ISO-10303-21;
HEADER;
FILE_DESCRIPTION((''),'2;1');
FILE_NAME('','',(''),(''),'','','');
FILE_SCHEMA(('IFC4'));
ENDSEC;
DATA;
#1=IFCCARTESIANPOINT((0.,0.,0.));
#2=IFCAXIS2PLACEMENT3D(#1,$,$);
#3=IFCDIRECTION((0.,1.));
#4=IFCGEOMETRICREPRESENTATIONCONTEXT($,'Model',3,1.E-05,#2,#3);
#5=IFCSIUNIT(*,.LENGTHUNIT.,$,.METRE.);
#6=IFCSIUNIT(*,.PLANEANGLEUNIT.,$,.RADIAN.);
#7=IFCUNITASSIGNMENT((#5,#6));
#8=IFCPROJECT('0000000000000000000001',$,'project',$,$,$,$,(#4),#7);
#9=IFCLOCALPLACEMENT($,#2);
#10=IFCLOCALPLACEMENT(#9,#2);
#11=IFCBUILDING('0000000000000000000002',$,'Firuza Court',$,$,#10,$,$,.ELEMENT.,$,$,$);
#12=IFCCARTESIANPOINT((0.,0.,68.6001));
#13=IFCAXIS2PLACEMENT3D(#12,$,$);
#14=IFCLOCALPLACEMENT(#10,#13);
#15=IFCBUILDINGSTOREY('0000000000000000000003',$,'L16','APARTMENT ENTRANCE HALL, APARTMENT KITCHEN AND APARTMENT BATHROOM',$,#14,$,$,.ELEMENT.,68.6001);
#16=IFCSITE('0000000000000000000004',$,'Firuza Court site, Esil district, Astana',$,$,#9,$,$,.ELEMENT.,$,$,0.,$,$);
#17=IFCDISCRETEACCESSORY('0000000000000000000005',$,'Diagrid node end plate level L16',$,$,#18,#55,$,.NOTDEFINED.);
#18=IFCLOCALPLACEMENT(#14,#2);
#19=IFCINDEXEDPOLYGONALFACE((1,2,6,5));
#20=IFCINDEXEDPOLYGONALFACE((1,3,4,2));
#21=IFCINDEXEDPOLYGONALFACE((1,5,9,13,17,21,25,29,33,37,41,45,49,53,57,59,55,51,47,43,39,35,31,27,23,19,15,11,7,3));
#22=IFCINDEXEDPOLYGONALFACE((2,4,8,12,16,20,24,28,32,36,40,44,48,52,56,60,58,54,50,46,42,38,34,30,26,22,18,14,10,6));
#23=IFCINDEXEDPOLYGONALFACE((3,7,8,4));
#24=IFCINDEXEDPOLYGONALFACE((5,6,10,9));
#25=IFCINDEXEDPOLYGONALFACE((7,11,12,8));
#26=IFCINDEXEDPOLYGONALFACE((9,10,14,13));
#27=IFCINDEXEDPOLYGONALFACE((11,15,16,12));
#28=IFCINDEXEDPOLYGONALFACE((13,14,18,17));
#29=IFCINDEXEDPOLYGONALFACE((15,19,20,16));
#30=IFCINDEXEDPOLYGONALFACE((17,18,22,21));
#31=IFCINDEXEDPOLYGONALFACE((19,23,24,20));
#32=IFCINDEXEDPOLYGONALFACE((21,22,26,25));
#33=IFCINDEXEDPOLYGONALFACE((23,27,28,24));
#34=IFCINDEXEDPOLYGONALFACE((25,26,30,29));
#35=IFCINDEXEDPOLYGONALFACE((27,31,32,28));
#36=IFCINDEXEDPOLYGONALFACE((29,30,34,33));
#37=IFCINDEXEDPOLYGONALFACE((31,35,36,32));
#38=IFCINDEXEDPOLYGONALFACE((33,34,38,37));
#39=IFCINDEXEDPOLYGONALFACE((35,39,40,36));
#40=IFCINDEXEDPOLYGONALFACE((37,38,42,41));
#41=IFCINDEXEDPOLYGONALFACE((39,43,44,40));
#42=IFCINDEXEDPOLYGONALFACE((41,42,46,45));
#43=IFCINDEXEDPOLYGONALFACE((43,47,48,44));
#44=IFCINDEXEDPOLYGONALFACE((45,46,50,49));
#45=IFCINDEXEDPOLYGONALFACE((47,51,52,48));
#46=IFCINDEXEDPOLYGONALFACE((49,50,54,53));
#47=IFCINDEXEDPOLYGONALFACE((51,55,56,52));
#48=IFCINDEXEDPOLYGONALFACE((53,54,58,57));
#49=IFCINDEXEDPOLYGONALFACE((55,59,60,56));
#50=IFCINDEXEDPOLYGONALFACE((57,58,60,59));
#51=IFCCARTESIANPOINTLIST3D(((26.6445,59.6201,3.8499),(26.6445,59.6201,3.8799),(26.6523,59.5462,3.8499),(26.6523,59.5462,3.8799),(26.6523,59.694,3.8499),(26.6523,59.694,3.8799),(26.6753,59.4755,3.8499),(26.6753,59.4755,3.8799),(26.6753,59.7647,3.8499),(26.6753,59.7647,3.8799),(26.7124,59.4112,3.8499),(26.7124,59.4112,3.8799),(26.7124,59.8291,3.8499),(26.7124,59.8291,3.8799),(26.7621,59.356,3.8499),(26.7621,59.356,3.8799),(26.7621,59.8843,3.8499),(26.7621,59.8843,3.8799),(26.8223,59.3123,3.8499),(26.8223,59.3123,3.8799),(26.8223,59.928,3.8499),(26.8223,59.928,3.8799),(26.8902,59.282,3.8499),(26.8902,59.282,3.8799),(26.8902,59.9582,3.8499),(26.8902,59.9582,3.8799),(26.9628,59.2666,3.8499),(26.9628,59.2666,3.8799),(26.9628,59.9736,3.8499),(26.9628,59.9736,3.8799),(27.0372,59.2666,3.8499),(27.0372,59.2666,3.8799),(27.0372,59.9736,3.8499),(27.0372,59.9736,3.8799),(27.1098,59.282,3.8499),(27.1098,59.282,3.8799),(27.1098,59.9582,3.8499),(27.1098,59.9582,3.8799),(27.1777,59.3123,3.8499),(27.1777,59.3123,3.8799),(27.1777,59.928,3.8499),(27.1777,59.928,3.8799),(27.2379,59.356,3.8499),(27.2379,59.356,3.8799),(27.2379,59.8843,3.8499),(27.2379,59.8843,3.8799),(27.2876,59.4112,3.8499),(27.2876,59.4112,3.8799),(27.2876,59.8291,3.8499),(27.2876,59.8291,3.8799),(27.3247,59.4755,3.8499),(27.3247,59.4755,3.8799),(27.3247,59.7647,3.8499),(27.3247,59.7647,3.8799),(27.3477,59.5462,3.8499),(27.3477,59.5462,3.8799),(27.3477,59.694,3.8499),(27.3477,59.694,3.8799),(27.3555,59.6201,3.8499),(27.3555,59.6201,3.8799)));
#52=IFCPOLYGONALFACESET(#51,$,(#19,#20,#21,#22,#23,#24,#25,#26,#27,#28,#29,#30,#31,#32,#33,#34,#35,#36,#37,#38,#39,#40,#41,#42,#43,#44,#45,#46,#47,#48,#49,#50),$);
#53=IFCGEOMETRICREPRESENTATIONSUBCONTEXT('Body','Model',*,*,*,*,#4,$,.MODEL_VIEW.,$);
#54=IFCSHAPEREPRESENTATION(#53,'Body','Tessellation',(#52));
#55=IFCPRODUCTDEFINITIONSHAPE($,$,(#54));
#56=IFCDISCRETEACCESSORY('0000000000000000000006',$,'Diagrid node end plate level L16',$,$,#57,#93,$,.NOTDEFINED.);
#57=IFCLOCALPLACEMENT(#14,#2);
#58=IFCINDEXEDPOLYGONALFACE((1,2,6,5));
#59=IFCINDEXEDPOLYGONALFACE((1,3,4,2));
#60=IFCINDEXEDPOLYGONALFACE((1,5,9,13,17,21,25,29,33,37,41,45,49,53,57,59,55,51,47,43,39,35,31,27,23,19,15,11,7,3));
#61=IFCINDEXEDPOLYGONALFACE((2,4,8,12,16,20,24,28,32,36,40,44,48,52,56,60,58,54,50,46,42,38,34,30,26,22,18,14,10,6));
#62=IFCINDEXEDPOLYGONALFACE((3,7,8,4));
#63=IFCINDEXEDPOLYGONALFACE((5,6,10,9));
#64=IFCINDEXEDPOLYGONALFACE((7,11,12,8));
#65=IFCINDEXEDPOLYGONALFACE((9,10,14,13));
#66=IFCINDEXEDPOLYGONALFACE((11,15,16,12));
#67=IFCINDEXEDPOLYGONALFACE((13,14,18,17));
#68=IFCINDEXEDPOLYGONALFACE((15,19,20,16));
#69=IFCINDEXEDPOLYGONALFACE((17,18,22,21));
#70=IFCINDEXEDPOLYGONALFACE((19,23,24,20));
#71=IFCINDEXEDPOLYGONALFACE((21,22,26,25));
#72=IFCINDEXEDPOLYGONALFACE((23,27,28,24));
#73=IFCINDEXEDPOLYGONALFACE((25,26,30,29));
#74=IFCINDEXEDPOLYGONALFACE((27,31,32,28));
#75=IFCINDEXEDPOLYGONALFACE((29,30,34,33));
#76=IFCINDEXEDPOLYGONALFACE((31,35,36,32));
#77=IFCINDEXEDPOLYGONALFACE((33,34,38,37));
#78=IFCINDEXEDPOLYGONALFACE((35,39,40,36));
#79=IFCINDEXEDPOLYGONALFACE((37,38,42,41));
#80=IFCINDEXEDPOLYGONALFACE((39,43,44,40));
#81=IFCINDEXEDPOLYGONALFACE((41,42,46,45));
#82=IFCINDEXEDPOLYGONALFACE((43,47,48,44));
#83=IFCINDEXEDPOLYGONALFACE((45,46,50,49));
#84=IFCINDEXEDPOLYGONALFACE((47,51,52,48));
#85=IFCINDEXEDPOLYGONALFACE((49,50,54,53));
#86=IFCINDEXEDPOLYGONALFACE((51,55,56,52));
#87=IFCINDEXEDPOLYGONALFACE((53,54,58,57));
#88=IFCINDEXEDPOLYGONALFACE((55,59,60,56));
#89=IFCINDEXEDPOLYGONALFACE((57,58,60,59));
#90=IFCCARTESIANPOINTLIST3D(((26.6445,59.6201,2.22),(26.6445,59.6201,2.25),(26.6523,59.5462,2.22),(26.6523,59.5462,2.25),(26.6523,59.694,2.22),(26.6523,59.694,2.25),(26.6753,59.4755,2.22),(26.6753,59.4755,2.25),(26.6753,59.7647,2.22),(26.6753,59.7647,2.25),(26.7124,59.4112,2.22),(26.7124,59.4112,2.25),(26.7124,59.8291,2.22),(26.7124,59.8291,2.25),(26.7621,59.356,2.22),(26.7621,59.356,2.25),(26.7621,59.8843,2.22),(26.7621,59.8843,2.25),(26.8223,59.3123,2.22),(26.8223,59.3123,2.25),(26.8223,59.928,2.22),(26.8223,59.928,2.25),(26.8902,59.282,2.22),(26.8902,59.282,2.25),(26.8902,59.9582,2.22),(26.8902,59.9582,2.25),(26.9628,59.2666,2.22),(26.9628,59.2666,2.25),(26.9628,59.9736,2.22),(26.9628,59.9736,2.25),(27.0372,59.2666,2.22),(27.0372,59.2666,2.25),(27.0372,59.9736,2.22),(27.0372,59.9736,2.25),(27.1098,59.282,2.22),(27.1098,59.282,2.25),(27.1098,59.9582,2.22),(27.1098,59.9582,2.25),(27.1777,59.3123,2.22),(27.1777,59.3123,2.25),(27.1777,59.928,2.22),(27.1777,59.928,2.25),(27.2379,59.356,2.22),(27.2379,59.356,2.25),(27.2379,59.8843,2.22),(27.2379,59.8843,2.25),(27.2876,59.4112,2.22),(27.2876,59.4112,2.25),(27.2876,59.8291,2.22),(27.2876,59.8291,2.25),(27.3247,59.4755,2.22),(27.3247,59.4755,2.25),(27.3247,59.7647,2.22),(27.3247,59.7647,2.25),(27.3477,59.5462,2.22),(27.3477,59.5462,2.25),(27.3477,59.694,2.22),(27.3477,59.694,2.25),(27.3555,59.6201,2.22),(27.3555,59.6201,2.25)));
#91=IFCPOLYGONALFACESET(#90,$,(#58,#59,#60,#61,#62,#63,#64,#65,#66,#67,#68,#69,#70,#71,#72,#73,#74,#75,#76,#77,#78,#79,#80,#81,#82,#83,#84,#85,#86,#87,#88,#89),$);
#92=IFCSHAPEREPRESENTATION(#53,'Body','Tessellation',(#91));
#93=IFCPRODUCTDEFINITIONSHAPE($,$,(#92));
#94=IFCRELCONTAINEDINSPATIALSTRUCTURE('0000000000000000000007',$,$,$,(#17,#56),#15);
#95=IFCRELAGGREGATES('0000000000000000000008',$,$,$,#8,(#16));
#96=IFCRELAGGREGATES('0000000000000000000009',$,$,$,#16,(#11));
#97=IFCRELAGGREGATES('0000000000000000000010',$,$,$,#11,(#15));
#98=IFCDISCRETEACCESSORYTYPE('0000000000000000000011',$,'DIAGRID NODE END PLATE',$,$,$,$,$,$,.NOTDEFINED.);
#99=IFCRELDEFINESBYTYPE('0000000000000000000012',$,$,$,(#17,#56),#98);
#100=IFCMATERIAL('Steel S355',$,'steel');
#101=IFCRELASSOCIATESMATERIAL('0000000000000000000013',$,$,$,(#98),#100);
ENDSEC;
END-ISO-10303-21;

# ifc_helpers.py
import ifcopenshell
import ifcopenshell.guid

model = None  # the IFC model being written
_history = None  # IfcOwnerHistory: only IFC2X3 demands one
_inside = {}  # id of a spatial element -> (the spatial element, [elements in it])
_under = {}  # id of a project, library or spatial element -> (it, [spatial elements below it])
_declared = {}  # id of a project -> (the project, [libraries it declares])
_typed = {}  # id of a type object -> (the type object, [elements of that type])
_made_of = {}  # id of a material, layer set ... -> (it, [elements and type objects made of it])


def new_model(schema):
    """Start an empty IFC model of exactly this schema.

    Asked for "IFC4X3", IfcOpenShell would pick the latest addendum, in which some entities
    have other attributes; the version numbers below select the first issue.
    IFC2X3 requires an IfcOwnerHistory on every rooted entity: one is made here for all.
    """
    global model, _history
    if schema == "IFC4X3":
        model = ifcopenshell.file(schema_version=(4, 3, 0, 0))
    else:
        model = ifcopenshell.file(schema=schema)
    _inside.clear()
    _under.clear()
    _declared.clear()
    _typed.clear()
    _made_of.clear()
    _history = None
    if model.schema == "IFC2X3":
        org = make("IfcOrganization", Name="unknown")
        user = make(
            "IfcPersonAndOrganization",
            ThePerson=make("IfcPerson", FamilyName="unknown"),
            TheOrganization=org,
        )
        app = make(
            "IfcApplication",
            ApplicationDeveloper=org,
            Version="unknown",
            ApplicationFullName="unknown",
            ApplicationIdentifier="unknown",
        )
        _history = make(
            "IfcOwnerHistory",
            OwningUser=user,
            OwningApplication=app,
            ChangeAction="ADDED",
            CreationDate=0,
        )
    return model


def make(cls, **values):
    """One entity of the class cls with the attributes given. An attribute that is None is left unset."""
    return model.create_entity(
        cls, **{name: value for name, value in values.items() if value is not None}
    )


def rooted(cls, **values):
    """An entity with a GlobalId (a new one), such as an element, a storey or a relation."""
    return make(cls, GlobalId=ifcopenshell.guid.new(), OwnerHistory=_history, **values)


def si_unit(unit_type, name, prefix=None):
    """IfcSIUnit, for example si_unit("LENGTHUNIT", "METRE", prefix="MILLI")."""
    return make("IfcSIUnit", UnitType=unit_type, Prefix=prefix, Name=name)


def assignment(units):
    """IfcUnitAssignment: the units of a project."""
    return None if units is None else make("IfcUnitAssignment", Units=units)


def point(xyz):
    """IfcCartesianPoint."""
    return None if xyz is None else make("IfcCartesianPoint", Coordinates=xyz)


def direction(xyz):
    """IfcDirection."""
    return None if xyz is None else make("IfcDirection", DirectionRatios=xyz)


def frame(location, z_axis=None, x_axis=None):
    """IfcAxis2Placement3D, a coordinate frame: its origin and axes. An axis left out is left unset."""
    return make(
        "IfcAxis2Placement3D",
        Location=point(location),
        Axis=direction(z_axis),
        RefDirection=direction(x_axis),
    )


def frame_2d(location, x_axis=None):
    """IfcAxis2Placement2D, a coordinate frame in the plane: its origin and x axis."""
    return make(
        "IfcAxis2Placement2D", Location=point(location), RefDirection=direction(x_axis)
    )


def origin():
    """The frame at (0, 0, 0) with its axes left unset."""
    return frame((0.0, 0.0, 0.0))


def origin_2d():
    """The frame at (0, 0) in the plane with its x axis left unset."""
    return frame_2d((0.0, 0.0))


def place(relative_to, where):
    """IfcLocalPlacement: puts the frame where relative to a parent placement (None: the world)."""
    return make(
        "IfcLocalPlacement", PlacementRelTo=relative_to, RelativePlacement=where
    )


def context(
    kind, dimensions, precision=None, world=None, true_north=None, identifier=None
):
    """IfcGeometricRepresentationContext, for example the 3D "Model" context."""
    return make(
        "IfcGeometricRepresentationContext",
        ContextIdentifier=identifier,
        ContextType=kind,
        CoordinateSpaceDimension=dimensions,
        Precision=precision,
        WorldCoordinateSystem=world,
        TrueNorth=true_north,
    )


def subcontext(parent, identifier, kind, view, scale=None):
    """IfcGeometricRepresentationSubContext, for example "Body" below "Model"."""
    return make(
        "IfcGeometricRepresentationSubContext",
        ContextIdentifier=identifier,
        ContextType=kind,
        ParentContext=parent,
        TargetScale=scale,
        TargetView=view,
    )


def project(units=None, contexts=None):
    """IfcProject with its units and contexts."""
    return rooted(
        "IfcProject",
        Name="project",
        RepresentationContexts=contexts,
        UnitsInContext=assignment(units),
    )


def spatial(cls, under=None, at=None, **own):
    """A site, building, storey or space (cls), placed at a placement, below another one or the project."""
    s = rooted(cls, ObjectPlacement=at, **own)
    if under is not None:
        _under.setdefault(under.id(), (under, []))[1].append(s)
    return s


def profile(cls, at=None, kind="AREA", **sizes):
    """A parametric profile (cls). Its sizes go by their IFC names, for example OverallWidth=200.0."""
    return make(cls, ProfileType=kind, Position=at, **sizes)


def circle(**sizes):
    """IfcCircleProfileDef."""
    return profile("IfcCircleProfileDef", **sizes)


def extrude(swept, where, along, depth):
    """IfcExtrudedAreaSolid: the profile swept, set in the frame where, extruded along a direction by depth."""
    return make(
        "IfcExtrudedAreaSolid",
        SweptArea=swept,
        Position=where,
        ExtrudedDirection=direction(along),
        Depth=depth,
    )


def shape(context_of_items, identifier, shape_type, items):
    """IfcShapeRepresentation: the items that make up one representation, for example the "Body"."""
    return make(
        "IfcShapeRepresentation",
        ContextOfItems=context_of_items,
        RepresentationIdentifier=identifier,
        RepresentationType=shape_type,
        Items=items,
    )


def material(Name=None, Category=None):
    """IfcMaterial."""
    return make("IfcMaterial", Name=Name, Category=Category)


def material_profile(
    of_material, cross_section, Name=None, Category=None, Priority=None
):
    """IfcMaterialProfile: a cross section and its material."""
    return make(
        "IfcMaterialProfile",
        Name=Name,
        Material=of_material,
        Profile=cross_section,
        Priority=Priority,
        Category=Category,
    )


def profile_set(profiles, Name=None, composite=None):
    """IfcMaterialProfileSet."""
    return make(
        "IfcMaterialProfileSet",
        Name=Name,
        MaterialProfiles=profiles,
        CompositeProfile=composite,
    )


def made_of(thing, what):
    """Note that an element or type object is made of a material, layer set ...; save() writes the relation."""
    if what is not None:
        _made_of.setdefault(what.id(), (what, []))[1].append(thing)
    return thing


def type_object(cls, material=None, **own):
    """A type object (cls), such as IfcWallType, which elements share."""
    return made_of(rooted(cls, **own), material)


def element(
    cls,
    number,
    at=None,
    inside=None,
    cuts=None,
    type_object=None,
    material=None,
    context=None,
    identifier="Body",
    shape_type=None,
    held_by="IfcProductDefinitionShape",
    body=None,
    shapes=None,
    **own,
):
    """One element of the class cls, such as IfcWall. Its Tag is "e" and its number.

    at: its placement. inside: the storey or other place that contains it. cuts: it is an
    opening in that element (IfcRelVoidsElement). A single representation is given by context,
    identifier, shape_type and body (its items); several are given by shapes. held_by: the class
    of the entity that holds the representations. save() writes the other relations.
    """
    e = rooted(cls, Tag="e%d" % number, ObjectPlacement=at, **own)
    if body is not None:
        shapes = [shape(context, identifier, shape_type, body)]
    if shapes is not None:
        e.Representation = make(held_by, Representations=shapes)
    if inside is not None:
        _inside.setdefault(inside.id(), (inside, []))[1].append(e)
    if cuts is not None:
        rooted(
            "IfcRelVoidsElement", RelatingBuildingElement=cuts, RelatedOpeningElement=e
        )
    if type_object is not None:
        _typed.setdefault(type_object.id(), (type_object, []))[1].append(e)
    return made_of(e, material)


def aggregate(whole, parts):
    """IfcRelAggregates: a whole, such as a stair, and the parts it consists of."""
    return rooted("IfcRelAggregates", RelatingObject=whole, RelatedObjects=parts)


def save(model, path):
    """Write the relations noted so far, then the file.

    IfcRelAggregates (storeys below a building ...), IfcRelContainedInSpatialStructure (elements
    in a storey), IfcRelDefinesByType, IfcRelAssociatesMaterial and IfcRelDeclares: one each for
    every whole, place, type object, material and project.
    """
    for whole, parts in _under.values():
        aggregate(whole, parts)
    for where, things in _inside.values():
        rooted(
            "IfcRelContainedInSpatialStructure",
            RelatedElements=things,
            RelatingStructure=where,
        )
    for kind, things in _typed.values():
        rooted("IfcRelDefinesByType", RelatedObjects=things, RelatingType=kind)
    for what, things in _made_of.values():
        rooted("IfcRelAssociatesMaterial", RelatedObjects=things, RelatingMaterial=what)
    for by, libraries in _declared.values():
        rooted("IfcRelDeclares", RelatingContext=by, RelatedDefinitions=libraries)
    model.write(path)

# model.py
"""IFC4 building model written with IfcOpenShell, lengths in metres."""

from ifc_helpers import new_model, si_unit, direction, frame, origin, origin_2d, place, context, subcontext, project, spatial, circle, extrude, material, material_profile, profile_set, type_object, element, save


model = new_model("IFC4")

# Units and contexts
model_context = context("Model", 3, precision=1e-05, world=origin(), true_north=direction((0.0, 1.0)))
body_context = subcontext(model_context, "Body", "Model", "MODEL_VIEW")
ifc_project = project(units=[si_unit("LENGTHUNIT", "METRE"), si_unit("PLANEANGLEUNIT", "RADIAN")], contexts=[model_context])

# Site, building, storey
site_placement = place(None, origin())
site = spatial("IfcSite", under=ifc_project, at=site_placement, Name="Firuza Court site, Esil district, Astana", CompositionType="ELEMENT", RefElevation=0.0)
building_placement = place(site_placement, origin())
building = spatial("IfcBuilding", under=site, at=building_placement, Name="Firuza Court", CompositionType="ELEMENT")
storey_placement = place(building_placement, frame((0.0, 0.0, 68.6001)))
storey = spatial("IfcBuildingStorey", under=building, at=storey_placement, Name="L16", Description="APARTMENT ENTRANCE HALL, APARTMENT KITCHEN AND APARTMENT BATHROOM", CompositionType="ELEMENT", Elevation=68.6001)

# Discrete accessories
ifc_material_1 = material(Name="Steel S355", Category="steel")
ifc_material_profile_1 = material_profile(ifc_material_1, circle(Radius=0.3555, at=origin_2d()), Name="PL D711")
ifc_profile_set_1 = profile_set([ifc_material_profile_1], Name="Steel S355")
discrete_accessory_type = type_object("IfcDiscreteAccessoryType", Name="DIAGRID NODE END PLATE", PredefinedType="NOTDEFINED", material=ifc_profile_set_1)
for number, where, z_axis, x_axis, name in (
    (1, (27.0, 59.6201, 3.8499), (0.0, 0.0, 1.0), (1.0, 0.0, 0.0), "Diagrid node end plate level L16"),
    (2, (27.0, 59.6201, 2.22), (0.0, 0.0, 1.0), (1.0, 0.0, 0.0), "Diagrid node end plate level L16"),
):
    element("IfcDiscreteAccessory", number, at=place(storey_placement, frame(where, z_axis=z_axis, x_axis=x_axis)), inside=storey, type_object=discrete_accessory_type, Name=name, PredefinedType="NOTDEFINED", context=body_context, shape_type="SweptSolid", body=[
        extrude(circle(Radius=0.3555, at=origin_2d()), origin(), (0.0, 0.0, 1.0), 0.03),
    ])

save(model, "model.ifc")
